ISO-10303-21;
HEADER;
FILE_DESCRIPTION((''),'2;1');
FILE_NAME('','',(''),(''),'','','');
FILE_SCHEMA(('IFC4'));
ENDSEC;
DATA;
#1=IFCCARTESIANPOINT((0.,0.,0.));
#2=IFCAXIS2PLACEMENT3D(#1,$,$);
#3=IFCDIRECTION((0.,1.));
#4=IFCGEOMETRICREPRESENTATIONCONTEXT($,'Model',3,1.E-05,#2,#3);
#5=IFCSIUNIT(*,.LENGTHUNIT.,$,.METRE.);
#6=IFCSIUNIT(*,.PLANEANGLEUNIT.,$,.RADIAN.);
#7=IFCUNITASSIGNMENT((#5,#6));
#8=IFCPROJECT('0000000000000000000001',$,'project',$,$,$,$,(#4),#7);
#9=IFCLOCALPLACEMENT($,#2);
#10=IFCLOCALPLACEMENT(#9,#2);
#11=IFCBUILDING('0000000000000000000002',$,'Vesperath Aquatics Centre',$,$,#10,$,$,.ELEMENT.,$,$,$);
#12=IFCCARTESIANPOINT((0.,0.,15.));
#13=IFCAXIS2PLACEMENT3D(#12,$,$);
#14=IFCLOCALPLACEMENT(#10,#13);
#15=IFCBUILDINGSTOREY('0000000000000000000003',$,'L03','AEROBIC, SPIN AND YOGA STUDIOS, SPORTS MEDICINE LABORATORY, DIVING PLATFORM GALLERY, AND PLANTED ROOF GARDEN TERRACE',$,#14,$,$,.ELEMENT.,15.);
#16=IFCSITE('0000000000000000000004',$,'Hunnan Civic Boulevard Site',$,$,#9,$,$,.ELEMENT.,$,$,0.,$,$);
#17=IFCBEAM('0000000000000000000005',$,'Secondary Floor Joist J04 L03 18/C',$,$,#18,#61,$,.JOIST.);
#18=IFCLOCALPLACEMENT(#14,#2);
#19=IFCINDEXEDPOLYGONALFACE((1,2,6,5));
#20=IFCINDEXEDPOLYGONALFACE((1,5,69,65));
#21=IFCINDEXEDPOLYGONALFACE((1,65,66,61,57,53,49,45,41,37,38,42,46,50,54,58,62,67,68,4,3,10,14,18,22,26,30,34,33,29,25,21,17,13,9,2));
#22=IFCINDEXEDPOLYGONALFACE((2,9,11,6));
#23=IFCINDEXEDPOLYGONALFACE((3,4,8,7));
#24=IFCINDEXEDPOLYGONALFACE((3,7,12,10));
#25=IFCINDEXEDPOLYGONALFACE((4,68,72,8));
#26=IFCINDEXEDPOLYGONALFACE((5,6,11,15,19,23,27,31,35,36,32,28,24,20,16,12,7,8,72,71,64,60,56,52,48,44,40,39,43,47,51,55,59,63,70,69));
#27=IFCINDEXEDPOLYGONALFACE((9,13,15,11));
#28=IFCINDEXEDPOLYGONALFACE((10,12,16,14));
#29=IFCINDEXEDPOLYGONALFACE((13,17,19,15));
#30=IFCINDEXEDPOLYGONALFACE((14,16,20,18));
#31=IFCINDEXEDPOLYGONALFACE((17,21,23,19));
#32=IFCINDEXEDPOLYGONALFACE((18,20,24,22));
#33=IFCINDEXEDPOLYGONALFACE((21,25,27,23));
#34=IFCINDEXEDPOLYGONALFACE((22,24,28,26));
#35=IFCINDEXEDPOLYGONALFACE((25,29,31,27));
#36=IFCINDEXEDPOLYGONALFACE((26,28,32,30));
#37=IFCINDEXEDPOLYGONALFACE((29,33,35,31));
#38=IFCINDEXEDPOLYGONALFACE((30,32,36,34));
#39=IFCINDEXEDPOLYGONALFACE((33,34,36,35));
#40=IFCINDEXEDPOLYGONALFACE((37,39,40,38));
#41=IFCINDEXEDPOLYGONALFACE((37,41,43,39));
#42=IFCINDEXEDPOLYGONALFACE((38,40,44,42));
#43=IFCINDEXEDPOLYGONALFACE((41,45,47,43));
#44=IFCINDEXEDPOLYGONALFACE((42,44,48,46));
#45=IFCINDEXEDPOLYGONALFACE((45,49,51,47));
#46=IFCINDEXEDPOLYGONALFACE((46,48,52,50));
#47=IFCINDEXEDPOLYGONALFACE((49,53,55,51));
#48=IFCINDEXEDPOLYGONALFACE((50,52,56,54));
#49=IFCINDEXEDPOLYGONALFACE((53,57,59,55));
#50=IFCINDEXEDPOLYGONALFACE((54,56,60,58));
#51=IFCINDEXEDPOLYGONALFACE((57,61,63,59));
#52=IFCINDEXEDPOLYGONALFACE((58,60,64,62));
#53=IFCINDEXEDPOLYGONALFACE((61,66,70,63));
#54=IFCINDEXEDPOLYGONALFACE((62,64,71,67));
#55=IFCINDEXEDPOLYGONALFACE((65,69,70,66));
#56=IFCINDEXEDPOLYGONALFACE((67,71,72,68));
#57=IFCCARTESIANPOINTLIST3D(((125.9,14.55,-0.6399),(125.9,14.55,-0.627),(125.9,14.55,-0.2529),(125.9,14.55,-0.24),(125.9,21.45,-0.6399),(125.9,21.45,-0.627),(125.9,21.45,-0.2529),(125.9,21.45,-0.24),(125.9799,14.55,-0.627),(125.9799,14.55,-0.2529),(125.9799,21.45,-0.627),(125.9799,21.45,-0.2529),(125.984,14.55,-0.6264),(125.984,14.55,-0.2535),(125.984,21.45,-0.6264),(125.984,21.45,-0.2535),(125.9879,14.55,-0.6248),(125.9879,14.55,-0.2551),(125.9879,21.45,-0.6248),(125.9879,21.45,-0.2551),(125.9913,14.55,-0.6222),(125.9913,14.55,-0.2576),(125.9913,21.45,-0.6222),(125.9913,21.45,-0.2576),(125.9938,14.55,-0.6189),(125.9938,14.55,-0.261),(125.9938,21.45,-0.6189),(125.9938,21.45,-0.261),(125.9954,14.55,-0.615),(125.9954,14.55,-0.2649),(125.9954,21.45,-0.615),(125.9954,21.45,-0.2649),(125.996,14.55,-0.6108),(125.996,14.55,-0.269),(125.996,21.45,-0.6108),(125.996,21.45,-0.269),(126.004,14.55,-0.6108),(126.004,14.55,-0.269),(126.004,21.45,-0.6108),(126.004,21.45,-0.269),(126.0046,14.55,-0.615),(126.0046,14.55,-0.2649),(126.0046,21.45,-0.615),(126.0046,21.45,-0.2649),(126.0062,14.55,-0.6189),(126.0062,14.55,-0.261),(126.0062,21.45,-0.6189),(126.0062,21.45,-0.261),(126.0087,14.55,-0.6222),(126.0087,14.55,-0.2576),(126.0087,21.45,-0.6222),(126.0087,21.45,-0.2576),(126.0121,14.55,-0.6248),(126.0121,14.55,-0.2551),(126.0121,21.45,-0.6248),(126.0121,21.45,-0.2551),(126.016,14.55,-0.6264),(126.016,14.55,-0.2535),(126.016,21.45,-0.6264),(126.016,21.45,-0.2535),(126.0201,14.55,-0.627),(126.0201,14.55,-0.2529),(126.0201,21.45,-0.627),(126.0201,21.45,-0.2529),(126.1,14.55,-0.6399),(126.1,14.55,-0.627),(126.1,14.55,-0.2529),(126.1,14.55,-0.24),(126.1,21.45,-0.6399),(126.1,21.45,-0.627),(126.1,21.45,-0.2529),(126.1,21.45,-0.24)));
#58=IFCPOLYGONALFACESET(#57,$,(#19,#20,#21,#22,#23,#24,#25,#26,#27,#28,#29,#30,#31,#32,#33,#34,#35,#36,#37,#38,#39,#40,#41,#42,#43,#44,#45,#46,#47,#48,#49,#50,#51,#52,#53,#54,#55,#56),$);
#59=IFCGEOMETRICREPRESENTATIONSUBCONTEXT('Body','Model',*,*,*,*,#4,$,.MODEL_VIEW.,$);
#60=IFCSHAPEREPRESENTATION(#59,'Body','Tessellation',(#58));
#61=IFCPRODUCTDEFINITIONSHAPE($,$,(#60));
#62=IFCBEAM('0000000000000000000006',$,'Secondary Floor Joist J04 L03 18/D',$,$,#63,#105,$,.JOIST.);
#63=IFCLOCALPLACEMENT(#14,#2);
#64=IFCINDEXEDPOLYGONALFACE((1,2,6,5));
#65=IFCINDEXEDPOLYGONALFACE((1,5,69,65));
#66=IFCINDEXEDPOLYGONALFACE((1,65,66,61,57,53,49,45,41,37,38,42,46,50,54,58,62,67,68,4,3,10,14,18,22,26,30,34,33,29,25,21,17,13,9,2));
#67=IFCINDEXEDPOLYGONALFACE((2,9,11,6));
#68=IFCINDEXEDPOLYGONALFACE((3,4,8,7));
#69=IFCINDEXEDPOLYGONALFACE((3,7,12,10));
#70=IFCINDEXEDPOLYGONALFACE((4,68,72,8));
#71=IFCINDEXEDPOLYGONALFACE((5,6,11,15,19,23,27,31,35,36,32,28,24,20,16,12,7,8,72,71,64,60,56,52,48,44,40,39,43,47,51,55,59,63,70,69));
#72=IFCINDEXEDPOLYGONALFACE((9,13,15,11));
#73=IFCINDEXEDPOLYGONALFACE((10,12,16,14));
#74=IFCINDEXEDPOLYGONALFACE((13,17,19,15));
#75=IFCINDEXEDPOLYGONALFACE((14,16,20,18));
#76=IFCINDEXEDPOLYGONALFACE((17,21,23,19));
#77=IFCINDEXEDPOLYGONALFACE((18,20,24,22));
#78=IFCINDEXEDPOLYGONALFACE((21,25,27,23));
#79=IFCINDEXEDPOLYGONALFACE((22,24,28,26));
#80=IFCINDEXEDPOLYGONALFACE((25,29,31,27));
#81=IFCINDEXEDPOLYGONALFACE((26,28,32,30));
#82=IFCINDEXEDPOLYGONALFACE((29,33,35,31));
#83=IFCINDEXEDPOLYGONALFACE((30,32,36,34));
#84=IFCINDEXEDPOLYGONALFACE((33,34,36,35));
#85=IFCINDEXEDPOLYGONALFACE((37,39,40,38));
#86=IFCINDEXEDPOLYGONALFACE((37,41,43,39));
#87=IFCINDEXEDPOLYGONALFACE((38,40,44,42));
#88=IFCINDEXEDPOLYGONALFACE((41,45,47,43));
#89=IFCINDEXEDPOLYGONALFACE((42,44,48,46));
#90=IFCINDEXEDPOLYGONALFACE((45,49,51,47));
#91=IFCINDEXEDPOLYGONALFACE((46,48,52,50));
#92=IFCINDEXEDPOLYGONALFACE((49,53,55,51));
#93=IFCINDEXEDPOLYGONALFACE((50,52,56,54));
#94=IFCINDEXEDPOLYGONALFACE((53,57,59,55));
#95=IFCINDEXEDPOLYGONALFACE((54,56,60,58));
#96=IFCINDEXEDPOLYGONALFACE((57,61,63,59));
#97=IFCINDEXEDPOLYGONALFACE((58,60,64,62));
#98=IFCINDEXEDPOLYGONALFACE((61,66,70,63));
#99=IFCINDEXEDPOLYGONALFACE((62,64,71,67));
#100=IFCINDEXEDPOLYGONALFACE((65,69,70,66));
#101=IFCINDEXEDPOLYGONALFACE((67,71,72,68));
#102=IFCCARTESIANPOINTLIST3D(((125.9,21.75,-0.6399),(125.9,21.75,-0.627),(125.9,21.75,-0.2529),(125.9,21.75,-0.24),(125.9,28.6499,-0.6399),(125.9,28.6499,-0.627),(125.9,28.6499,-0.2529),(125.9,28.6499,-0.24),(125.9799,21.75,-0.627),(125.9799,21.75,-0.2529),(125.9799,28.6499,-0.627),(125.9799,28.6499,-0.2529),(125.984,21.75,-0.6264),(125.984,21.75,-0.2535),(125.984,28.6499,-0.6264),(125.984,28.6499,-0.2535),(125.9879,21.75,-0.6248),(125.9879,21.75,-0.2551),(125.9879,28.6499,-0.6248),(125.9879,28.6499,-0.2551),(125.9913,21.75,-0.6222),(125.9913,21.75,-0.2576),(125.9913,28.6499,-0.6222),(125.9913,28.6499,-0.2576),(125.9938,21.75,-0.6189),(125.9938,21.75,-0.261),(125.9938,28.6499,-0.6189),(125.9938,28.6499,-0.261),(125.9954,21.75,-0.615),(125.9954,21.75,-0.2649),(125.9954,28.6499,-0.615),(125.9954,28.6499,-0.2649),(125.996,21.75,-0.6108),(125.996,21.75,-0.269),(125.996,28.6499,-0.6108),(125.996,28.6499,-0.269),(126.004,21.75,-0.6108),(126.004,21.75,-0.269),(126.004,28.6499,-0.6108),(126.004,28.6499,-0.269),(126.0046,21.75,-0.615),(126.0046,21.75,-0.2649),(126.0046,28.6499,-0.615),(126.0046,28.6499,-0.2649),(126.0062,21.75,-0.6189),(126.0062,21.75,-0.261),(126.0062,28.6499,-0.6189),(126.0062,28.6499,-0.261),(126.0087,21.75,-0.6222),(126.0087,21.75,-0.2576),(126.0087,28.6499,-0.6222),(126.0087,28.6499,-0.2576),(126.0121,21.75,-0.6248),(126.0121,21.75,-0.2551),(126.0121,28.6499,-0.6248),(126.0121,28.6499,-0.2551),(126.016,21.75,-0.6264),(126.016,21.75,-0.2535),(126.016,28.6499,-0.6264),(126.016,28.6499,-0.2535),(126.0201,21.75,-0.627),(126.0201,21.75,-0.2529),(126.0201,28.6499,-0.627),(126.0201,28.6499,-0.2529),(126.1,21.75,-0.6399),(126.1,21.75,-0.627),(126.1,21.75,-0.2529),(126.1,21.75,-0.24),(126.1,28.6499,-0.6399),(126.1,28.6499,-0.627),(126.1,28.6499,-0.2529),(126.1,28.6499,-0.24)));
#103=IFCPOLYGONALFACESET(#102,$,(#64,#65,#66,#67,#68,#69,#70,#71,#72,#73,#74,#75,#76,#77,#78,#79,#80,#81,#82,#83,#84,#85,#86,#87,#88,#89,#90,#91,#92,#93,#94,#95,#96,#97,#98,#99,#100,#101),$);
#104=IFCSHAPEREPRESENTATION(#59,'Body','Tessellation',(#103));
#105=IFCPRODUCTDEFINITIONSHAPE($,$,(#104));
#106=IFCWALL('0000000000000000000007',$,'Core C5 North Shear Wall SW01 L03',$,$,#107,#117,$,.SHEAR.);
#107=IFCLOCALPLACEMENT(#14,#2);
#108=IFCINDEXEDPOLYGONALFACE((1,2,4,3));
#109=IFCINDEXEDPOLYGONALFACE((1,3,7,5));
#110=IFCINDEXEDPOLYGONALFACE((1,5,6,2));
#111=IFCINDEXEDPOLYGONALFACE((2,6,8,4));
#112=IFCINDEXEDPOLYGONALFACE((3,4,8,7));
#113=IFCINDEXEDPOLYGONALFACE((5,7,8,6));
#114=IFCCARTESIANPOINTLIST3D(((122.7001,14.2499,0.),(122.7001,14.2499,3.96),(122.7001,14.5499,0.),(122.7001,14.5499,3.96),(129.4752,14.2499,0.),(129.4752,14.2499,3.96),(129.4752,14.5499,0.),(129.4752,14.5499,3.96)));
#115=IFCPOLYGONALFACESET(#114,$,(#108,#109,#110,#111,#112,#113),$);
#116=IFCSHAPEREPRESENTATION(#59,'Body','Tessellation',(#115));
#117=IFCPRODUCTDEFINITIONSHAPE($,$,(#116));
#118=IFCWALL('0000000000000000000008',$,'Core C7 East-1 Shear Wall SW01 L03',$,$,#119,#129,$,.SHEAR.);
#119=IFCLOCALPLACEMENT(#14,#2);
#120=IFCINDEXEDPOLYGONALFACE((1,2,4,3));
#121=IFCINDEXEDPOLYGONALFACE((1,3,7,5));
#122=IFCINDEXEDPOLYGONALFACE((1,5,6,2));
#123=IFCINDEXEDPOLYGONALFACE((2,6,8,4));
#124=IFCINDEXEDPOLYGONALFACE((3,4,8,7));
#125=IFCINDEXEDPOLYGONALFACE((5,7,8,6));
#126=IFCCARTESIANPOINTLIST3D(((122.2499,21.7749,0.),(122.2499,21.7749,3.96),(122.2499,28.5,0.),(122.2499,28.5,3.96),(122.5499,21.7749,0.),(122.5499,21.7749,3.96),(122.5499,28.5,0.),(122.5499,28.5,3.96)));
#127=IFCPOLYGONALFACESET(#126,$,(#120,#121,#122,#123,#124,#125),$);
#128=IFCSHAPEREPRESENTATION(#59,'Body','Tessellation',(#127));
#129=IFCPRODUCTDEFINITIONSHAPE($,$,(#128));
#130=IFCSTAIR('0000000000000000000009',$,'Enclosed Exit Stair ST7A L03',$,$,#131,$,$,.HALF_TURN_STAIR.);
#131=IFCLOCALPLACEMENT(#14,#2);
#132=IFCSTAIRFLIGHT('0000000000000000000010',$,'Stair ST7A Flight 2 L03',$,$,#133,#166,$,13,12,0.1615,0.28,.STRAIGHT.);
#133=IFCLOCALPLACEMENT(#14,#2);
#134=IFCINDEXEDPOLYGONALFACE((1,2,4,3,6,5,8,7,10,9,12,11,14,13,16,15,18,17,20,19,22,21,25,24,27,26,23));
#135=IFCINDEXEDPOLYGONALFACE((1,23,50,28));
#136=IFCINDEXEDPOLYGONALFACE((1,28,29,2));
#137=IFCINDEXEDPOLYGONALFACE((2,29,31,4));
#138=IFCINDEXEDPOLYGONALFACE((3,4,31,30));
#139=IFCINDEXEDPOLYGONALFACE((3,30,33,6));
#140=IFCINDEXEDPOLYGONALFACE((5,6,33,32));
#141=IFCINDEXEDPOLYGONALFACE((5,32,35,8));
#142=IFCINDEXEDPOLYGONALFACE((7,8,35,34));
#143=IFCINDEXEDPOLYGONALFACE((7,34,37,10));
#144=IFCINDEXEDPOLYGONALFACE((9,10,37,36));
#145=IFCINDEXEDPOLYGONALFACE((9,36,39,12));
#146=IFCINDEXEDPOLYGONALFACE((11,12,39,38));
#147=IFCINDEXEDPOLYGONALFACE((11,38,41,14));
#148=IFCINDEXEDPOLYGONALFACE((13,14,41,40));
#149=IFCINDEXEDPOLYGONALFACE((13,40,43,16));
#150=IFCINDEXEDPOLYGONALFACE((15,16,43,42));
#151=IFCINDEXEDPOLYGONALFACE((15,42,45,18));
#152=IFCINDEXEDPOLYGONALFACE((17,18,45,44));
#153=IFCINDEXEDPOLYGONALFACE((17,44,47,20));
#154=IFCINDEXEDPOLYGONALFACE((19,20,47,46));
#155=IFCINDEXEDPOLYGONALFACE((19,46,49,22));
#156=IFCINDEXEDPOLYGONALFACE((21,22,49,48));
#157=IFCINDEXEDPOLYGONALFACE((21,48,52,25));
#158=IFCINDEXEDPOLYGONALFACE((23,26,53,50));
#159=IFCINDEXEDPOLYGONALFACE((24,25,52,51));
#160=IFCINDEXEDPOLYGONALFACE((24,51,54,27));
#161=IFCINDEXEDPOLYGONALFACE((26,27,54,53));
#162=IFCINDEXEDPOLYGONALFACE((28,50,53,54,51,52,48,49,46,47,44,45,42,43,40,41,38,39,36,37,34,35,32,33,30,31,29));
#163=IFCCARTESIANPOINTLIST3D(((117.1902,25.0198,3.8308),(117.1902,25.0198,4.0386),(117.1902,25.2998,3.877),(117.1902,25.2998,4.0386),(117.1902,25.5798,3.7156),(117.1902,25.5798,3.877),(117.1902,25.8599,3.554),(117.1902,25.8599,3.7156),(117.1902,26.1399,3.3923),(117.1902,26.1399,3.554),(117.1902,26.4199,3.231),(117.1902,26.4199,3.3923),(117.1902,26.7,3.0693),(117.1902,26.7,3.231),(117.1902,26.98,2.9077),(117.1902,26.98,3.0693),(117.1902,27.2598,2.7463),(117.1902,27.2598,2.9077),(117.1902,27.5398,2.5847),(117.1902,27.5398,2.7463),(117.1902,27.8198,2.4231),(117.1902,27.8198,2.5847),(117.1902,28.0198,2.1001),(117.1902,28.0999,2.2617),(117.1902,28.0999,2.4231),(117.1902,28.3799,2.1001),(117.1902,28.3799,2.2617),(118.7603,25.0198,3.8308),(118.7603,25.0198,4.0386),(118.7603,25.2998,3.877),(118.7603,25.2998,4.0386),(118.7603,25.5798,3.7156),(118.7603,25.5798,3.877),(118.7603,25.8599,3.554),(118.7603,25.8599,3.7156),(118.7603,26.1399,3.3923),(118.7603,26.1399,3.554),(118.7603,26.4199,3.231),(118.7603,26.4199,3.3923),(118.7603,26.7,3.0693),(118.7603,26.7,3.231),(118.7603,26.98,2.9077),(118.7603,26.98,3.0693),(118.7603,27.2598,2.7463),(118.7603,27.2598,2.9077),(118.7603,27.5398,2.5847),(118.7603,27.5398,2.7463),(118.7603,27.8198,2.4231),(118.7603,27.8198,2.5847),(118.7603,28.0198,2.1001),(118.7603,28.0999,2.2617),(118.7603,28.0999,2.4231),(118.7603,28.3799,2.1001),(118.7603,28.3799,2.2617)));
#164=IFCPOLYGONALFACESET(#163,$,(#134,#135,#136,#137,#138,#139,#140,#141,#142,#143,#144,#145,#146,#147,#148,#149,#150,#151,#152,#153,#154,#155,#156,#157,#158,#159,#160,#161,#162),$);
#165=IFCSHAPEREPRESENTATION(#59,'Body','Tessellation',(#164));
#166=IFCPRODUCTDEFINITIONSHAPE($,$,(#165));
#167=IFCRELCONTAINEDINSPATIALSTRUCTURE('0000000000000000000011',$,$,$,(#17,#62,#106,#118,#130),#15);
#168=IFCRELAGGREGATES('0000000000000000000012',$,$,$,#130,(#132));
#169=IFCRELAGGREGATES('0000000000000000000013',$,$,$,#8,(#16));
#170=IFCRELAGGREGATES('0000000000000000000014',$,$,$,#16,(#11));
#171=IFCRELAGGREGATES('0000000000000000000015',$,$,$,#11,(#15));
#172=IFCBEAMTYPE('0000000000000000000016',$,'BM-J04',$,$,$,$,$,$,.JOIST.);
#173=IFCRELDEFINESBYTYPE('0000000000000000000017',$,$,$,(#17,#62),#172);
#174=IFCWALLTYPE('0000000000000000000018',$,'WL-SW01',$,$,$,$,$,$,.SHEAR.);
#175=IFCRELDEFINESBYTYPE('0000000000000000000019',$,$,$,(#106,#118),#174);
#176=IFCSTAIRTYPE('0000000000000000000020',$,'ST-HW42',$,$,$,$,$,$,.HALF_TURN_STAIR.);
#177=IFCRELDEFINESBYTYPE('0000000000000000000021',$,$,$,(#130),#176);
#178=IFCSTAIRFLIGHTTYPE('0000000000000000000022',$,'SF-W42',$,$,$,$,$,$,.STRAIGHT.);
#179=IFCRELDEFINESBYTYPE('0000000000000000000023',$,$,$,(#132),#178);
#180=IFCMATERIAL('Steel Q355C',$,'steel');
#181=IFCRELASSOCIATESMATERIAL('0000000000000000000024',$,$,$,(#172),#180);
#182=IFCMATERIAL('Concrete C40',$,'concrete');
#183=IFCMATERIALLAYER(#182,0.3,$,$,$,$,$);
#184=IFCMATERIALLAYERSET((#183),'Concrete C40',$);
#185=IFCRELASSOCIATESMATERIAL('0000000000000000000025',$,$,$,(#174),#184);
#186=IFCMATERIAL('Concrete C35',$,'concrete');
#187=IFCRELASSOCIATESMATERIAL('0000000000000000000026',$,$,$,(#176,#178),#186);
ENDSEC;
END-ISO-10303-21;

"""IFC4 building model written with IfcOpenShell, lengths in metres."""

from ifc_helpers import new_model, si_unit, direction, frame, frame_2d, origin, origin_2d, place, context, subcontext, project, spatial, polyline, rectangle, i_section, outline, extrude, material, layer, layer_set, material_profile, profile_set, type_object, element, aggregate, save


model = new_model("IFC4")

# Units and contexts
model_context = context("Model", 3, precision=1e-05, world=origin(), true_north=direction((0.0, 1.0)))
body_context = subcontext(model_context, "Body", "Model", "MODEL_VIEW")
ifc_project = project(units=[si_unit("LENGTHUNIT", "METRE"), si_unit("PLANEANGLEUNIT", "RADIAN")], contexts=[model_context])

# Site, building, storey
site_placement = place(None, origin())
site = spatial("IfcSite", under=ifc_project, at=site_placement, Name="Hunnan Civic Boulevard Site", CompositionType="ELEMENT", RefElevation=0.0)
building_placement = place(site_placement, origin())
building = spatial("IfcBuilding", under=site, at=building_placement, Name="Vesperath Aquatics Centre", CompositionType="ELEMENT")
storey_placement = place(building_placement, frame((0.0, 0.0, 15.0)))
storey = spatial("IfcBuildingStorey", under=building, at=storey_placement, Name="L03", Description="AEROBIC, SPIN AND YOGA STUDIOS, SPORTS MEDICINE LABORATORY, DIVING PLATFORM GALLERY, AND PLANTED ROOF GARDEN TERRACE", CompositionType="ELEMENT", Elevation=15.0)

# Shared definitions
ifc_material_1 = material(Name="Concrete C40", Category="concrete")
ifc_material_2 = material(Name="Steel Q355C", Category="steel")

# Beams
ifc_material_profile_1 = material_profile(ifc_material_2, i_section(OverallWidth=0.2, OverallDepth=0.3999, WebThickness=0.0081, FlangeThickness=0.0129, FilletRadius=0.0161, at=origin_2d()), Name="HN 400x200x8x13")
ifc_profile_set_1 = profile_set([ifc_material_profile_1], Name="Steel Q355C")
beam_type_1 = type_object("IfcBeamType", Name="BM-J04", PredefinedType="JOIST", material=ifc_profile_set_1)
for number, where, z_axis, x_axis, name in (
    (1, (126.0, 14.55, -0.4399), (0.0, 1.0, 0.0), (-1.0, 0.0, 0.0), "Secondary Floor Joist J04 L03 18/C"),
    (2, (126.0, 21.75, -0.4399), (0.0, 1.0, 0.0), (-1.0, 0.0, 0.0), "Secondary Floor Joist J04 L03 18/D"),
):
    element("IfcBeam", number, at=place(storey_placement, frame(where, z_axis=z_axis, x_axis=x_axis)), inside=storey, type_object=beam_type_1, Name=name, PredefinedType="JOIST", context=body_context, shape_type="SweptSolid", body=[
        extrude(i_section(OverallWidth=0.2, OverallDepth=0.3999, WebThickness=0.0081, FlangeThickness=0.0129, FilletRadius=0.0161, at=origin_2d()), origin(), (0.0, 0.0, 1.0), 6.8999),
    ])

# Walls
ifc_layer_1 = layer(ifc_material_1, 0.3)
ifc_layer_set_1 = layer_set([ifc_layer_1], Name="Concrete C40")
wall_type_1 = type_object("IfcWallType", Name="WL-SW01", PredefinedType="SHEAR", material=ifc_layer_set_1)
wall_1_placement = place(storey_placement, frame((122.7, 14.3999, 0.0), z_axis=(0.0, 0.0, 1.0), x_axis=(1.0, 0.0, 0.0)))
element("IfcWall", 3, at=wall_1_placement, inside=storey, type_object=wall_type_1, Name="Core C5 North Shear Wall SW01 L03", PredefinedType="SHEAR", context=body_context, shape_type="SweptSolid", body=[
    extrude(rectangle(XDim=6.7751, YDim=0.3, at=frame_2d((3.3877, 0.0))), origin(), (0.0, 0.0, 1.0), 3.96),
])
wall_2_placement = place(storey_placement, frame((122.3999, 21.7749, 0.0), z_axis=(0.0, 0.0, 1.0), x_axis=(0.0, 1.0, 0.0)))
element("IfcWall", 4, at=wall_2_placement, inside=storey, type_object=wall_type_1, Name="Core C7 East-1 Shear Wall SW01 L03", PredefinedType="SHEAR", context=body_context, shape_type="SweptSolid", body=[
    extrude(rectangle(XDim=6.7251, YDim=0.3, at=frame_2d((3.3625, 0.0))), origin(), (0.0, 0.0, 1.0), 3.96),
])

# Stair, stair flight
ifc_material_3 = material(Name="Concrete C35", Category="concrete")
stair_type = type_object("IfcStairType", Name="ST-HW42", PredefinedType="HALF_TURN_STAIR", material=ifc_material_3)
stair_1_placement = place(storey_placement, origin())
stair_1 = element("IfcStair", 5, at=stair_1_placement, inside=storey, type_object=stair_type, Name="Enclosed Exit Stair ST7A L03", PredefinedType="HALF_TURN_STAIR")
stair_flight_type = type_object("IfcStairFlightType", Name="SF-W42", PredefinedType="STRAIGHT", material=ifc_material_3)
stair_flight_1_placement = place(storey_placement, frame((117.9751, 28.3799, 2.1001), z_axis=(0.0, 0.0, 1.0), x_axis=(0.0, -1.0, 0.0)))
stair_flight_1 = element("IfcStairFlight", 6, at=stair_flight_1_placement, type_object=stair_flight_type, Name="Stair ST7A Flight 2 L03", NumberOfRisers=13, NumberOfTreads=12, PredefinedType="STRAIGHT", RiserHeight=0.1615, TreadLength=0.28, context=body_context, shape_type="SweptSolid", body=[
    extrude(outline(polyline([(0.0, 0.0), (0.0, 0.1616), (0.28, 0.1616), (0.28, 0.323), (0.5601, 0.323), (0.5601, 0.4846), (0.8401, 0.4846), (0.8401, 0.6462), (1.1201, 0.6462), (1.1201, 0.8076), (1.3999, 0.8076), (1.3999, 0.9692), (1.6799, 0.9692), (1.6799, 1.1309), (1.96, 1.1309), (1.96, 1.2922), (2.24, 1.2922), (2.24, 1.4539), (2.52, 1.4539), (2.52, 1.6155), (2.8, 1.6155), (2.8, 1.7769), (3.0801, 1.7769), (3.0801, 1.9385), (3.3601, 1.9385), (3.3601, 2.1001), (3.3601, 1.7307), (0.3601, 0.0), (0.0, 0.0)])), frame((0.0, 0.7852, 0.0), z_axis=(0.0, -1.0, 0.0), x_axis=(1.0, 0.0, 0.0)), (0.0, 0.0, 1.0), 1.5701),
])
aggregate(stair_1, [stair_flight_1])

save(model, "model.ifc")
